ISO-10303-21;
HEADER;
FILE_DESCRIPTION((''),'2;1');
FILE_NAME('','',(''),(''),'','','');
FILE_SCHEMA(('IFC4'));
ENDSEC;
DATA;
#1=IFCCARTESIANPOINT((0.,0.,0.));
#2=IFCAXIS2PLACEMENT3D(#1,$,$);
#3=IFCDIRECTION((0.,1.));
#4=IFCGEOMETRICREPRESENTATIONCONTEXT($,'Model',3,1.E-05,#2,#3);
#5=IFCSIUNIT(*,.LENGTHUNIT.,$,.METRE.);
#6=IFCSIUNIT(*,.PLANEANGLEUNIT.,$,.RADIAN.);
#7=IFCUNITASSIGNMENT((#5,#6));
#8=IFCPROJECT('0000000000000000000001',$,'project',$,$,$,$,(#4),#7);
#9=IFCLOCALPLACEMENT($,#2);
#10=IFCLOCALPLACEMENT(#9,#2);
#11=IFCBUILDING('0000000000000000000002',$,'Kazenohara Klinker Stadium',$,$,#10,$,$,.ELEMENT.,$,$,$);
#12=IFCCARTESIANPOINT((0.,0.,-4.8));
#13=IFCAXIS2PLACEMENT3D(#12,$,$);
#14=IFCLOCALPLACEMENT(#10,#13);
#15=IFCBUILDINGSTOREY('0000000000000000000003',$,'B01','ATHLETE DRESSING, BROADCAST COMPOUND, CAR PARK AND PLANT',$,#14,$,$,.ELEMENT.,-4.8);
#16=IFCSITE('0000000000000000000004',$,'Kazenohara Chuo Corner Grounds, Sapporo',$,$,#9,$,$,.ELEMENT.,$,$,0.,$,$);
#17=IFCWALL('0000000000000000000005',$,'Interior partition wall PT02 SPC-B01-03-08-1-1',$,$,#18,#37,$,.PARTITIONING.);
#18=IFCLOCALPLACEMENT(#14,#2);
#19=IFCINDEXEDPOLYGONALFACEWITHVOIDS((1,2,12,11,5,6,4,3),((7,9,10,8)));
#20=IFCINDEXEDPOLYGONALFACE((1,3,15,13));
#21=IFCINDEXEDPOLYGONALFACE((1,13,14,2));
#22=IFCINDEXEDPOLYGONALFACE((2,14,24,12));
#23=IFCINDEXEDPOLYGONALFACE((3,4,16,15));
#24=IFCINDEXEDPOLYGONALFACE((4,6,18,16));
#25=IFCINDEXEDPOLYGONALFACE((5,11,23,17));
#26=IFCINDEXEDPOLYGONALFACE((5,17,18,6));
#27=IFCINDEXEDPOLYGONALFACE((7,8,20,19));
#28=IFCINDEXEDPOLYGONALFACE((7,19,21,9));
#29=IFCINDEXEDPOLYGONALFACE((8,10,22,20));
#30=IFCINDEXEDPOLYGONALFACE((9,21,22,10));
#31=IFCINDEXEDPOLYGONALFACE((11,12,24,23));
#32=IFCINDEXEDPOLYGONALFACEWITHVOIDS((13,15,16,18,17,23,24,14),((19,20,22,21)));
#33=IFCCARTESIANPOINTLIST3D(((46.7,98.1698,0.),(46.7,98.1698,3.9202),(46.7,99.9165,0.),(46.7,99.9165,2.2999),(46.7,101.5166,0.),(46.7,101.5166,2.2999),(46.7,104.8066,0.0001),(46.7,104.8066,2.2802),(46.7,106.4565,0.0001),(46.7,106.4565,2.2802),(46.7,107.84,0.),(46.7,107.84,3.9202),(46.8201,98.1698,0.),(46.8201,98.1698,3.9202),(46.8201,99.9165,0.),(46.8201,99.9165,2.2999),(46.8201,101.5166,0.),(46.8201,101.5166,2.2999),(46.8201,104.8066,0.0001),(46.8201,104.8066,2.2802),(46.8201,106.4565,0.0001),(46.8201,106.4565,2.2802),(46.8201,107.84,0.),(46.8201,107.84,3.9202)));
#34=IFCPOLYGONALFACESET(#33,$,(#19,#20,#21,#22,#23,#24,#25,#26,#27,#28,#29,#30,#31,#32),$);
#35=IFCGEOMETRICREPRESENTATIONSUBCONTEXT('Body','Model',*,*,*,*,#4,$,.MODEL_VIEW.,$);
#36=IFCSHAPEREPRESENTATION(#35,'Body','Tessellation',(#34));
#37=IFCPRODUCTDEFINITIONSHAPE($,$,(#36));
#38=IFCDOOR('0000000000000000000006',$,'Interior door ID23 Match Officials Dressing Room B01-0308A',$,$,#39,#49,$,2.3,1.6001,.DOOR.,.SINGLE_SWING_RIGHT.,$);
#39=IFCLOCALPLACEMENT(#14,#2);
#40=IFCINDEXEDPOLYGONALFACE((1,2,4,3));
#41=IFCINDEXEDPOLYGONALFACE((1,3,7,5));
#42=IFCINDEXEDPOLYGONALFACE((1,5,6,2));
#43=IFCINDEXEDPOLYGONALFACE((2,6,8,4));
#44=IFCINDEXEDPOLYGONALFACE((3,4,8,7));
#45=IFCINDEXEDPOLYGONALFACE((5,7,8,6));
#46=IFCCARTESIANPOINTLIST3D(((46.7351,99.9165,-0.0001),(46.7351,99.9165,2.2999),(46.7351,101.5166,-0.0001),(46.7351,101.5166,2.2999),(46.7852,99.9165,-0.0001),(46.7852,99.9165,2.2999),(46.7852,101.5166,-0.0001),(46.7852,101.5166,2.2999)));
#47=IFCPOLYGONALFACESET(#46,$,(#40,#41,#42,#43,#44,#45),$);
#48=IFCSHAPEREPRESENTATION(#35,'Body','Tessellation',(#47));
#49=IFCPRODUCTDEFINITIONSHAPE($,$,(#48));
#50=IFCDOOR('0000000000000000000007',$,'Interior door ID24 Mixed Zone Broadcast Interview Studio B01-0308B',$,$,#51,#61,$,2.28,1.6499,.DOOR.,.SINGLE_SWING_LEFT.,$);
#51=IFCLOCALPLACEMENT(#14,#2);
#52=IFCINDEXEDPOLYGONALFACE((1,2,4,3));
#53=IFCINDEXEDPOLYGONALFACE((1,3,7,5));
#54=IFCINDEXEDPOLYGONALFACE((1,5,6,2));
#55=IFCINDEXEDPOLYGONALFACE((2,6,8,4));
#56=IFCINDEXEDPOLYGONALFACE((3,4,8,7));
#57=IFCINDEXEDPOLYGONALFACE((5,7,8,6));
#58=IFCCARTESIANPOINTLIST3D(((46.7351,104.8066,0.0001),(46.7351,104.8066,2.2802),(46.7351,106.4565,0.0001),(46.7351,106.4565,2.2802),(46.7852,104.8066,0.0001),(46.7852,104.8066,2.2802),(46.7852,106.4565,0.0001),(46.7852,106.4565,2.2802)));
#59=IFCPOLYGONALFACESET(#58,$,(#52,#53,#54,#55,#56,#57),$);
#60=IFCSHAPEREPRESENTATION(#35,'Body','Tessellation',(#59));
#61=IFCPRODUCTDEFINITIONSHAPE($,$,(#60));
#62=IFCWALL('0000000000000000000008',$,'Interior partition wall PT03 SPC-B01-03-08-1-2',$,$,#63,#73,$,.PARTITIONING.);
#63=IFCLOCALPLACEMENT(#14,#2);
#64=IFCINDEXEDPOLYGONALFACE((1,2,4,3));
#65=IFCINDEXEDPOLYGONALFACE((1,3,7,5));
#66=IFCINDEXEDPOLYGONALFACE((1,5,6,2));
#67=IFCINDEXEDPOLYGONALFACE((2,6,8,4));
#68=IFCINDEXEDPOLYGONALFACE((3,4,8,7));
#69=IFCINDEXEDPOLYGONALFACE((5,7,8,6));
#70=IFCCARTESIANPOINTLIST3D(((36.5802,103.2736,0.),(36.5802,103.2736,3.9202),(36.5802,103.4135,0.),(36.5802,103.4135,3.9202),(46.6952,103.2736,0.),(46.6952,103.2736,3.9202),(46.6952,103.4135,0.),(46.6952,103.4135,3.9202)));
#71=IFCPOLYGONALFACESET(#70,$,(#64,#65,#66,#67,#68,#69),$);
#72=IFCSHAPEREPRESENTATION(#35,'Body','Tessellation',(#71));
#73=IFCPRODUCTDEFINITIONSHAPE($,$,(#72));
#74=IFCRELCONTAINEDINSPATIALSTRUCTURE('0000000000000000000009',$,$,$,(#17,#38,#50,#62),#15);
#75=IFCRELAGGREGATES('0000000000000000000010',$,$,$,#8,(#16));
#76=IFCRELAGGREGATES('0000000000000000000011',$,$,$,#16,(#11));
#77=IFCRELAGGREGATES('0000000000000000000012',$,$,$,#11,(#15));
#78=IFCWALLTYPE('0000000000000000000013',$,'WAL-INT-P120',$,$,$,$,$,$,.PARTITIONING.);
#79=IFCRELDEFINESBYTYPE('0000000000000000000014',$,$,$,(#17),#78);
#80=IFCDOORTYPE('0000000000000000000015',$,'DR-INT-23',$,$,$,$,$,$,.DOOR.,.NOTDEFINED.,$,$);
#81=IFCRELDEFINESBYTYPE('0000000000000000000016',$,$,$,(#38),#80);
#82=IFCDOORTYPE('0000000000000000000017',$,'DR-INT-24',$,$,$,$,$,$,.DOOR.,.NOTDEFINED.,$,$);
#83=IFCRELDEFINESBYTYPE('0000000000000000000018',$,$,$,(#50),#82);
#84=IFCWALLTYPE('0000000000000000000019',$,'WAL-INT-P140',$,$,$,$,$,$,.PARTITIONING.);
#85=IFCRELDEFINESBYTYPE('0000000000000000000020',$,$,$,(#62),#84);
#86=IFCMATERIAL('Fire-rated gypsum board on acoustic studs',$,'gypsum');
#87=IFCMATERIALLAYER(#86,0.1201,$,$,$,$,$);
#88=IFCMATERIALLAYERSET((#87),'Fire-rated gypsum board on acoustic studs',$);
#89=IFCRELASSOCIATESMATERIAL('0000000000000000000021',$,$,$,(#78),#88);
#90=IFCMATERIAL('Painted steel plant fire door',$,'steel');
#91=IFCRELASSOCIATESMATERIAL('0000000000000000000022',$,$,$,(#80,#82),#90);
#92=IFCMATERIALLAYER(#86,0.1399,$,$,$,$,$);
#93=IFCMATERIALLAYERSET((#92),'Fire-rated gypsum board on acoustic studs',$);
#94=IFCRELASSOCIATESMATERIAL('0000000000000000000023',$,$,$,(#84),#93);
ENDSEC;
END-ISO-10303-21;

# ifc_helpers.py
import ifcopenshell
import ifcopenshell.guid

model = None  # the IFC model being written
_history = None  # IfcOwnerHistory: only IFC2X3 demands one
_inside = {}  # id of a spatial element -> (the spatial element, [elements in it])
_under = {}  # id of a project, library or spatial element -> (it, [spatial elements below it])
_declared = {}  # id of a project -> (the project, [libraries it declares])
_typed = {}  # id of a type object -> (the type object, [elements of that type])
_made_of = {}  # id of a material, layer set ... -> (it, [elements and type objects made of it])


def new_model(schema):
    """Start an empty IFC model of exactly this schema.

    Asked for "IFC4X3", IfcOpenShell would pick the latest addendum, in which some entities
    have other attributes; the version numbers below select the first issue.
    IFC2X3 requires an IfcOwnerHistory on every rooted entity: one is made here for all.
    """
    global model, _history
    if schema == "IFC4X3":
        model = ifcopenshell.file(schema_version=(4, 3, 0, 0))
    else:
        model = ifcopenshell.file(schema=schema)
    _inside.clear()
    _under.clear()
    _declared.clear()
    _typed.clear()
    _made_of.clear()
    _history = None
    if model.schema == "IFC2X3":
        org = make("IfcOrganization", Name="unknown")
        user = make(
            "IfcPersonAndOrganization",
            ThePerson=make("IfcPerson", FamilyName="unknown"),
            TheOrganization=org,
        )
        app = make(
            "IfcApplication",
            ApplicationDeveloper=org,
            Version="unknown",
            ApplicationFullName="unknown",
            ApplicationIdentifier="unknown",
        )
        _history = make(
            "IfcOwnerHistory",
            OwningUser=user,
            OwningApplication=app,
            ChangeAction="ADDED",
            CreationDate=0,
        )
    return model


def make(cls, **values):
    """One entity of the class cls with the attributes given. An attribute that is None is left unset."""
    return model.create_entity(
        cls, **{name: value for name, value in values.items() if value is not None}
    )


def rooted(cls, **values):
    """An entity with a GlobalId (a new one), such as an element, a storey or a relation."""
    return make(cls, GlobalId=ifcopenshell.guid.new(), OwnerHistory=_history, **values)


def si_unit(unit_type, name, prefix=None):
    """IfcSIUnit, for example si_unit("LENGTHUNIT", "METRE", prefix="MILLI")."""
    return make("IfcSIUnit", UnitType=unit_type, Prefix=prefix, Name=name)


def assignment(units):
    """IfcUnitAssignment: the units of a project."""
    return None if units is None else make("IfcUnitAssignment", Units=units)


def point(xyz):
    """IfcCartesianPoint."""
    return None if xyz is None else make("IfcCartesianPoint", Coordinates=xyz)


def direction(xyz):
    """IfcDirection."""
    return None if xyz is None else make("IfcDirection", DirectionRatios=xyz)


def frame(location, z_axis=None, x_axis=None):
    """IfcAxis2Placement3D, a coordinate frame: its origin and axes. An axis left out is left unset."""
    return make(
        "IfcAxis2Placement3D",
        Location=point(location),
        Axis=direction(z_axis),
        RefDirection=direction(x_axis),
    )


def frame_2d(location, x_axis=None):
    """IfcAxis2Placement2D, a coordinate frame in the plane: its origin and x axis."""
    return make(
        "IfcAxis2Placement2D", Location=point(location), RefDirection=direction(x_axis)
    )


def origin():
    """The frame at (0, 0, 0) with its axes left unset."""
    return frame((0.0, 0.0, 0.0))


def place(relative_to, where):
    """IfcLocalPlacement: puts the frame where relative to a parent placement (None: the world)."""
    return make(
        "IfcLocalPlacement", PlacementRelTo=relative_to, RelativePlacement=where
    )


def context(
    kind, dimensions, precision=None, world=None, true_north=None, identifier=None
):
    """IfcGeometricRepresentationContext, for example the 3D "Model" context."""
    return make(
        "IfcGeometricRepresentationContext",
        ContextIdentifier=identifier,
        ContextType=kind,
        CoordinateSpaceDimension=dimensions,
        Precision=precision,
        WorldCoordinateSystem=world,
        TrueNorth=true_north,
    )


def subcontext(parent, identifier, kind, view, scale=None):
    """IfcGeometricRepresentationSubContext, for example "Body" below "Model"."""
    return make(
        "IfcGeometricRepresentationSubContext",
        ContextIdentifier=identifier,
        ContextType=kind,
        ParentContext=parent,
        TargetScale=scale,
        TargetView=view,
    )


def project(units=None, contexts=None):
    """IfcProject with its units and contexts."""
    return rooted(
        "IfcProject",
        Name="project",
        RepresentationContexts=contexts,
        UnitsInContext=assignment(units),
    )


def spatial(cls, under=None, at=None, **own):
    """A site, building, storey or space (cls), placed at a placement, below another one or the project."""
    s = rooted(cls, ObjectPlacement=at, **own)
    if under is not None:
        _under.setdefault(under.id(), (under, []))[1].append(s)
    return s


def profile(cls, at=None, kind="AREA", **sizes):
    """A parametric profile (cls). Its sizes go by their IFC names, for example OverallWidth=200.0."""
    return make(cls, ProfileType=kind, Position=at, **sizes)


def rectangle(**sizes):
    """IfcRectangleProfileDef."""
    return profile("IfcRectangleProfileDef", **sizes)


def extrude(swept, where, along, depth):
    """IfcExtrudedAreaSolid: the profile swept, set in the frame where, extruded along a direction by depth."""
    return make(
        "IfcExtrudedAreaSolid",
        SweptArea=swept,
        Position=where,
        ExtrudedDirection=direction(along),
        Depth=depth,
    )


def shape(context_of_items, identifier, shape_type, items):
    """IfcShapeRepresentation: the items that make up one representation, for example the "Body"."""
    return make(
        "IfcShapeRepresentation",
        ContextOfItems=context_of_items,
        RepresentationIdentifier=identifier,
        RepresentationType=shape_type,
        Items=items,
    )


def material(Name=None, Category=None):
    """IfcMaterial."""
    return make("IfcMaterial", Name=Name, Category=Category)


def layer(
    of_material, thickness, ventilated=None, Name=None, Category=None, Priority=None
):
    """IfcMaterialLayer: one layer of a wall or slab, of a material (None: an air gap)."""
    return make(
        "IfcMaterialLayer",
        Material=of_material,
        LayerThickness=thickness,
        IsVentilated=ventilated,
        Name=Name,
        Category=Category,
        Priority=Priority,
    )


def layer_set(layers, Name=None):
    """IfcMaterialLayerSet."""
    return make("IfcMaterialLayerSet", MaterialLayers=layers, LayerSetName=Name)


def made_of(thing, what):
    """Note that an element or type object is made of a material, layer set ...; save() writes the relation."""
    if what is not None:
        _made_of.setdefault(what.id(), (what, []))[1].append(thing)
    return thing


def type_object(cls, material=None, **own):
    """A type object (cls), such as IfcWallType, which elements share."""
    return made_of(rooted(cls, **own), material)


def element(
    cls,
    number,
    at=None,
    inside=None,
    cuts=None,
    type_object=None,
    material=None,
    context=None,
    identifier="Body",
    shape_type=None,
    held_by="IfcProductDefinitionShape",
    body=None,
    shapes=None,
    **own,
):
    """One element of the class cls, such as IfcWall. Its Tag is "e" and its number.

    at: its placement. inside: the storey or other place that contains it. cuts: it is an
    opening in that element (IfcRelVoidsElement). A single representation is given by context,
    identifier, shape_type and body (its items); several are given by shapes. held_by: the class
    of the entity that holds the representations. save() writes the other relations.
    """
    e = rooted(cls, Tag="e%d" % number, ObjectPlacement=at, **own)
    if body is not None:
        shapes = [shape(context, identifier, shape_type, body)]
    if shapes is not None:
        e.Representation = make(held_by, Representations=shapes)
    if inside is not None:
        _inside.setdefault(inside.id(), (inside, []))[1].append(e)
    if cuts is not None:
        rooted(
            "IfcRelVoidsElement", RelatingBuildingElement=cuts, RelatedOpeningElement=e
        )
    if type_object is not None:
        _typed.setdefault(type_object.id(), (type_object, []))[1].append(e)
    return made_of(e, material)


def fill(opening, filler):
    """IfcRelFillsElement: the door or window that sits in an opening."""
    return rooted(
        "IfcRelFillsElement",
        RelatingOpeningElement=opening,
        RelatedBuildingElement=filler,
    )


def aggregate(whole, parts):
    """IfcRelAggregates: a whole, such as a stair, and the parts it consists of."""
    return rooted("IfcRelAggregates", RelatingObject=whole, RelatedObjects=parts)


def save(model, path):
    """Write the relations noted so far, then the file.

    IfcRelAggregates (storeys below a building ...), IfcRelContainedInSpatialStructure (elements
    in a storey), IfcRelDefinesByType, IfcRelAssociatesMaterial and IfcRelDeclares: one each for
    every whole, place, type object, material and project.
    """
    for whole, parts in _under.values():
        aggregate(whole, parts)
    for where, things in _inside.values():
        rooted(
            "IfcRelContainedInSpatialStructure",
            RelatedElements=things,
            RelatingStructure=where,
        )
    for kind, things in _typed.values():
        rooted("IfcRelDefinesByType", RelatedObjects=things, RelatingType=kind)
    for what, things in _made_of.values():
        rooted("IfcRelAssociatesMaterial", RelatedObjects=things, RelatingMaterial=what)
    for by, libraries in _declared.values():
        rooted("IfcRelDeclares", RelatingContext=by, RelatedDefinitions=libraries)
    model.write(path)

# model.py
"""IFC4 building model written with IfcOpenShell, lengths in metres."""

from ifc_helpers import new_model, si_unit, direction, frame, frame_2d, origin, place, context, subcontext, project, spatial, rectangle, extrude, material, layer, layer_set, type_object, element, fill, save


model = new_model("IFC4")

# Units and contexts
model_context = context("Model", 3, precision=1e-05, world=origin(), true_north=direction((0.0, 1.0)))
body_context = subcontext(model_context, "Body", "Model", "MODEL_VIEW")
ifc_project = project(units=[si_unit("LENGTHUNIT", "METRE"), si_unit("PLANEANGLEUNIT", "RADIAN")], contexts=[model_context])

# Site, building, storey
site_placement = place(None, origin())
site = spatial("IfcSite", under=ifc_project, at=site_placement, Name="Kazenohara Chuo Corner Grounds, Sapporo", CompositionType="ELEMENT", RefElevation=0.0)
building_placement = place(site_placement, origin())
building = spatial("IfcBuilding", under=site, at=building_placement, Name="Kazenohara Klinker Stadium", CompositionType="ELEMENT")
storey_placement = place(building_placement, frame((0.0, 0.0, -4.8)))
storey = spatial("IfcBuildingStorey", under=building, at=storey_placement, Name="B01", Description="ATHLETE DRESSING, BROADCAST COMPOUND, CAR PARK AND PLANT", CompositionType="ELEMENT", Elevation=-4.8)

# Wall, openings, doors
ifc_material_1 = material(Name="Fire-rated gypsum board on acoustic studs", Category="gypsum")
ifc_layer_1 = layer(ifc_material_1, 0.1201)
ifc_layer_set_1 = layer_set([ifc_layer_1], Name="Fire-rated gypsum board on acoustic studs")
wall_type_1 = type_object("IfcWallType", Name="WAL-INT-P120", PredefinedType="PARTITIONING", material=ifc_layer_set_1)
wall_1_placement = place(storey_placement, frame((46.76, 98.1699, 0.0), z_axis=(0.0, 0.0, 1.0), x_axis=(0.0, 1.0, 0.0)))
wall_1 = element("IfcWall", 1, at=wall_1_placement, inside=storey, type_object=wall_type_1, Name="Interior partition wall PT02 SPC-B01-03-08-1-1", PredefinedType="PARTITIONING", context=body_context, shape_type="SweptSolid", body=[
    extrude(rectangle(XDim=9.6702, YDim=0.1201, at=frame_2d((4.835, 0.0))), origin(), (0.0, 0.0, 1.0), 3.9202),
])
opening_1_placement = place(wall_1_placement, frame((1.7466, 0.0, 0.0)))
opening_1 = element("IfcOpeningElement", 2, at=opening_1_placement, cuts=wall_1, PredefinedType="OPENING", context=body_context, shape_type="SweptSolid", body=[
    extrude(rectangle(XDim=1.6001, YDim=2.3, at=frame_2d((0.8, 1.1499))), frame((0.0, 0.0701, 0.0), z_axis=(0.0, -1.0, 0.0), x_axis=(1.0, 0.0, 0.0)), (0.0, 0.0, 1.0), 0.1401),
])
opening_2_placement = place(wall_1_placement, frame((6.6367, 0.0, 0.0)))
opening_2 = element("IfcOpeningElement", 3, at=opening_2_placement, cuts=wall_1, PredefinedType="OPENING", context=body_context, shape_type="SweptSolid", body=[
    extrude(rectangle(XDim=1.6499, YDim=2.28, at=frame_2d((0.825, 1.1401))), frame((0.0, 0.0701, 0.0), z_axis=(0.0, -1.0, 0.0), x_axis=(1.0, 0.0, 0.0)), (0.0, 0.0, 1.0), 0.1401),
])
ifc_material_2 = material(Name="Painted steel plant fire door", Category="steel")
door_type_1 = type_object("IfcDoorType", Name="DR-INT-23", OperationType="NOTDEFINED", PredefinedType="DOOR", material=ifc_material_2)
door_1_placement = place(opening_1_placement, origin())
door_1 = element("IfcDoor", 4, at=door_1_placement, inside=storey, type_object=door_type_1, Name="Interior door ID23 Match Officials Dressing Room B01-0308A", OperationType="SINGLE_SWING_RIGHT", OverallHeight=2.3, OverallWidth=1.6001, PredefinedType="DOOR", context=body_context, shape_type="SweptSolid", body=[
    extrude(rectangle(XDim=1.6001, YDim=2.3, at=frame_2d((0.8, 1.1499))), frame((0.0, 0.0249, 0.0), z_axis=(0.0, -1.0, 0.0), x_axis=(1.0, 0.0, 0.0)), (0.0, 0.0, 1.0), 0.05),
])
fill(opening_1, door_1)
door_type_2 = type_object("IfcDoorType", Name="DR-INT-24", OperationType="NOTDEFINED", PredefinedType="DOOR", material=ifc_material_2)
door_2_placement = place(opening_2_placement, origin())
door_2 = element("IfcDoor", 5, at=door_2_placement, inside=storey, type_object=door_type_2, Name="Interior door ID24 Mixed Zone Broadcast Interview Studio B01-0308B", OperationType="SINGLE_SWING_LEFT", OverallHeight=2.28, OverallWidth=1.6499, PredefinedType="DOOR", context=body_context, shape_type="SweptSolid", body=[
    extrude(rectangle(XDim=1.6499, YDim=2.28, at=frame_2d((0.825, 1.1401))), frame((0.0, 0.0249, 0.0), z_axis=(0.0, -1.0, 0.0), x_axis=(1.0, 0.0, 0.0)), (0.0, 0.0, 1.0), 0.05),
])
fill(opening_2, door_2)

# Wall
ifc_layer_2 = layer(ifc_material_1, 0.1399)
ifc_layer_set_2 = layer_set([ifc_layer_2], Name="Fire-rated gypsum board on acoustic studs")
wall_type_2 = type_object("IfcWallType", Name="WAL-INT-P140", PredefinedType="PARTITIONING", material=ifc_layer_set_2)
wall_2_placement = place(storey_placement, frame((36.5801, 103.3435, 0.0), z_axis=(0.0, 0.0, 1.0), x_axis=(1.0, 0.0, 0.0)))
element("IfcWall", 6, at=wall_2_placement, inside=storey, type_object=wall_type_2, Name="Interior partition wall PT03 SPC-B01-03-08-1-2", PredefinedType="PARTITIONING", context=body_context, shape_type="SweptSolid", body=[
    extrude(rectangle(XDim=10.115, YDim=0.1399, at=frame_2d((5.0576, 0.0))), origin(), (0.0, 0.0, 1.0), 3.9202),
])

save(model, "model.ifc")
